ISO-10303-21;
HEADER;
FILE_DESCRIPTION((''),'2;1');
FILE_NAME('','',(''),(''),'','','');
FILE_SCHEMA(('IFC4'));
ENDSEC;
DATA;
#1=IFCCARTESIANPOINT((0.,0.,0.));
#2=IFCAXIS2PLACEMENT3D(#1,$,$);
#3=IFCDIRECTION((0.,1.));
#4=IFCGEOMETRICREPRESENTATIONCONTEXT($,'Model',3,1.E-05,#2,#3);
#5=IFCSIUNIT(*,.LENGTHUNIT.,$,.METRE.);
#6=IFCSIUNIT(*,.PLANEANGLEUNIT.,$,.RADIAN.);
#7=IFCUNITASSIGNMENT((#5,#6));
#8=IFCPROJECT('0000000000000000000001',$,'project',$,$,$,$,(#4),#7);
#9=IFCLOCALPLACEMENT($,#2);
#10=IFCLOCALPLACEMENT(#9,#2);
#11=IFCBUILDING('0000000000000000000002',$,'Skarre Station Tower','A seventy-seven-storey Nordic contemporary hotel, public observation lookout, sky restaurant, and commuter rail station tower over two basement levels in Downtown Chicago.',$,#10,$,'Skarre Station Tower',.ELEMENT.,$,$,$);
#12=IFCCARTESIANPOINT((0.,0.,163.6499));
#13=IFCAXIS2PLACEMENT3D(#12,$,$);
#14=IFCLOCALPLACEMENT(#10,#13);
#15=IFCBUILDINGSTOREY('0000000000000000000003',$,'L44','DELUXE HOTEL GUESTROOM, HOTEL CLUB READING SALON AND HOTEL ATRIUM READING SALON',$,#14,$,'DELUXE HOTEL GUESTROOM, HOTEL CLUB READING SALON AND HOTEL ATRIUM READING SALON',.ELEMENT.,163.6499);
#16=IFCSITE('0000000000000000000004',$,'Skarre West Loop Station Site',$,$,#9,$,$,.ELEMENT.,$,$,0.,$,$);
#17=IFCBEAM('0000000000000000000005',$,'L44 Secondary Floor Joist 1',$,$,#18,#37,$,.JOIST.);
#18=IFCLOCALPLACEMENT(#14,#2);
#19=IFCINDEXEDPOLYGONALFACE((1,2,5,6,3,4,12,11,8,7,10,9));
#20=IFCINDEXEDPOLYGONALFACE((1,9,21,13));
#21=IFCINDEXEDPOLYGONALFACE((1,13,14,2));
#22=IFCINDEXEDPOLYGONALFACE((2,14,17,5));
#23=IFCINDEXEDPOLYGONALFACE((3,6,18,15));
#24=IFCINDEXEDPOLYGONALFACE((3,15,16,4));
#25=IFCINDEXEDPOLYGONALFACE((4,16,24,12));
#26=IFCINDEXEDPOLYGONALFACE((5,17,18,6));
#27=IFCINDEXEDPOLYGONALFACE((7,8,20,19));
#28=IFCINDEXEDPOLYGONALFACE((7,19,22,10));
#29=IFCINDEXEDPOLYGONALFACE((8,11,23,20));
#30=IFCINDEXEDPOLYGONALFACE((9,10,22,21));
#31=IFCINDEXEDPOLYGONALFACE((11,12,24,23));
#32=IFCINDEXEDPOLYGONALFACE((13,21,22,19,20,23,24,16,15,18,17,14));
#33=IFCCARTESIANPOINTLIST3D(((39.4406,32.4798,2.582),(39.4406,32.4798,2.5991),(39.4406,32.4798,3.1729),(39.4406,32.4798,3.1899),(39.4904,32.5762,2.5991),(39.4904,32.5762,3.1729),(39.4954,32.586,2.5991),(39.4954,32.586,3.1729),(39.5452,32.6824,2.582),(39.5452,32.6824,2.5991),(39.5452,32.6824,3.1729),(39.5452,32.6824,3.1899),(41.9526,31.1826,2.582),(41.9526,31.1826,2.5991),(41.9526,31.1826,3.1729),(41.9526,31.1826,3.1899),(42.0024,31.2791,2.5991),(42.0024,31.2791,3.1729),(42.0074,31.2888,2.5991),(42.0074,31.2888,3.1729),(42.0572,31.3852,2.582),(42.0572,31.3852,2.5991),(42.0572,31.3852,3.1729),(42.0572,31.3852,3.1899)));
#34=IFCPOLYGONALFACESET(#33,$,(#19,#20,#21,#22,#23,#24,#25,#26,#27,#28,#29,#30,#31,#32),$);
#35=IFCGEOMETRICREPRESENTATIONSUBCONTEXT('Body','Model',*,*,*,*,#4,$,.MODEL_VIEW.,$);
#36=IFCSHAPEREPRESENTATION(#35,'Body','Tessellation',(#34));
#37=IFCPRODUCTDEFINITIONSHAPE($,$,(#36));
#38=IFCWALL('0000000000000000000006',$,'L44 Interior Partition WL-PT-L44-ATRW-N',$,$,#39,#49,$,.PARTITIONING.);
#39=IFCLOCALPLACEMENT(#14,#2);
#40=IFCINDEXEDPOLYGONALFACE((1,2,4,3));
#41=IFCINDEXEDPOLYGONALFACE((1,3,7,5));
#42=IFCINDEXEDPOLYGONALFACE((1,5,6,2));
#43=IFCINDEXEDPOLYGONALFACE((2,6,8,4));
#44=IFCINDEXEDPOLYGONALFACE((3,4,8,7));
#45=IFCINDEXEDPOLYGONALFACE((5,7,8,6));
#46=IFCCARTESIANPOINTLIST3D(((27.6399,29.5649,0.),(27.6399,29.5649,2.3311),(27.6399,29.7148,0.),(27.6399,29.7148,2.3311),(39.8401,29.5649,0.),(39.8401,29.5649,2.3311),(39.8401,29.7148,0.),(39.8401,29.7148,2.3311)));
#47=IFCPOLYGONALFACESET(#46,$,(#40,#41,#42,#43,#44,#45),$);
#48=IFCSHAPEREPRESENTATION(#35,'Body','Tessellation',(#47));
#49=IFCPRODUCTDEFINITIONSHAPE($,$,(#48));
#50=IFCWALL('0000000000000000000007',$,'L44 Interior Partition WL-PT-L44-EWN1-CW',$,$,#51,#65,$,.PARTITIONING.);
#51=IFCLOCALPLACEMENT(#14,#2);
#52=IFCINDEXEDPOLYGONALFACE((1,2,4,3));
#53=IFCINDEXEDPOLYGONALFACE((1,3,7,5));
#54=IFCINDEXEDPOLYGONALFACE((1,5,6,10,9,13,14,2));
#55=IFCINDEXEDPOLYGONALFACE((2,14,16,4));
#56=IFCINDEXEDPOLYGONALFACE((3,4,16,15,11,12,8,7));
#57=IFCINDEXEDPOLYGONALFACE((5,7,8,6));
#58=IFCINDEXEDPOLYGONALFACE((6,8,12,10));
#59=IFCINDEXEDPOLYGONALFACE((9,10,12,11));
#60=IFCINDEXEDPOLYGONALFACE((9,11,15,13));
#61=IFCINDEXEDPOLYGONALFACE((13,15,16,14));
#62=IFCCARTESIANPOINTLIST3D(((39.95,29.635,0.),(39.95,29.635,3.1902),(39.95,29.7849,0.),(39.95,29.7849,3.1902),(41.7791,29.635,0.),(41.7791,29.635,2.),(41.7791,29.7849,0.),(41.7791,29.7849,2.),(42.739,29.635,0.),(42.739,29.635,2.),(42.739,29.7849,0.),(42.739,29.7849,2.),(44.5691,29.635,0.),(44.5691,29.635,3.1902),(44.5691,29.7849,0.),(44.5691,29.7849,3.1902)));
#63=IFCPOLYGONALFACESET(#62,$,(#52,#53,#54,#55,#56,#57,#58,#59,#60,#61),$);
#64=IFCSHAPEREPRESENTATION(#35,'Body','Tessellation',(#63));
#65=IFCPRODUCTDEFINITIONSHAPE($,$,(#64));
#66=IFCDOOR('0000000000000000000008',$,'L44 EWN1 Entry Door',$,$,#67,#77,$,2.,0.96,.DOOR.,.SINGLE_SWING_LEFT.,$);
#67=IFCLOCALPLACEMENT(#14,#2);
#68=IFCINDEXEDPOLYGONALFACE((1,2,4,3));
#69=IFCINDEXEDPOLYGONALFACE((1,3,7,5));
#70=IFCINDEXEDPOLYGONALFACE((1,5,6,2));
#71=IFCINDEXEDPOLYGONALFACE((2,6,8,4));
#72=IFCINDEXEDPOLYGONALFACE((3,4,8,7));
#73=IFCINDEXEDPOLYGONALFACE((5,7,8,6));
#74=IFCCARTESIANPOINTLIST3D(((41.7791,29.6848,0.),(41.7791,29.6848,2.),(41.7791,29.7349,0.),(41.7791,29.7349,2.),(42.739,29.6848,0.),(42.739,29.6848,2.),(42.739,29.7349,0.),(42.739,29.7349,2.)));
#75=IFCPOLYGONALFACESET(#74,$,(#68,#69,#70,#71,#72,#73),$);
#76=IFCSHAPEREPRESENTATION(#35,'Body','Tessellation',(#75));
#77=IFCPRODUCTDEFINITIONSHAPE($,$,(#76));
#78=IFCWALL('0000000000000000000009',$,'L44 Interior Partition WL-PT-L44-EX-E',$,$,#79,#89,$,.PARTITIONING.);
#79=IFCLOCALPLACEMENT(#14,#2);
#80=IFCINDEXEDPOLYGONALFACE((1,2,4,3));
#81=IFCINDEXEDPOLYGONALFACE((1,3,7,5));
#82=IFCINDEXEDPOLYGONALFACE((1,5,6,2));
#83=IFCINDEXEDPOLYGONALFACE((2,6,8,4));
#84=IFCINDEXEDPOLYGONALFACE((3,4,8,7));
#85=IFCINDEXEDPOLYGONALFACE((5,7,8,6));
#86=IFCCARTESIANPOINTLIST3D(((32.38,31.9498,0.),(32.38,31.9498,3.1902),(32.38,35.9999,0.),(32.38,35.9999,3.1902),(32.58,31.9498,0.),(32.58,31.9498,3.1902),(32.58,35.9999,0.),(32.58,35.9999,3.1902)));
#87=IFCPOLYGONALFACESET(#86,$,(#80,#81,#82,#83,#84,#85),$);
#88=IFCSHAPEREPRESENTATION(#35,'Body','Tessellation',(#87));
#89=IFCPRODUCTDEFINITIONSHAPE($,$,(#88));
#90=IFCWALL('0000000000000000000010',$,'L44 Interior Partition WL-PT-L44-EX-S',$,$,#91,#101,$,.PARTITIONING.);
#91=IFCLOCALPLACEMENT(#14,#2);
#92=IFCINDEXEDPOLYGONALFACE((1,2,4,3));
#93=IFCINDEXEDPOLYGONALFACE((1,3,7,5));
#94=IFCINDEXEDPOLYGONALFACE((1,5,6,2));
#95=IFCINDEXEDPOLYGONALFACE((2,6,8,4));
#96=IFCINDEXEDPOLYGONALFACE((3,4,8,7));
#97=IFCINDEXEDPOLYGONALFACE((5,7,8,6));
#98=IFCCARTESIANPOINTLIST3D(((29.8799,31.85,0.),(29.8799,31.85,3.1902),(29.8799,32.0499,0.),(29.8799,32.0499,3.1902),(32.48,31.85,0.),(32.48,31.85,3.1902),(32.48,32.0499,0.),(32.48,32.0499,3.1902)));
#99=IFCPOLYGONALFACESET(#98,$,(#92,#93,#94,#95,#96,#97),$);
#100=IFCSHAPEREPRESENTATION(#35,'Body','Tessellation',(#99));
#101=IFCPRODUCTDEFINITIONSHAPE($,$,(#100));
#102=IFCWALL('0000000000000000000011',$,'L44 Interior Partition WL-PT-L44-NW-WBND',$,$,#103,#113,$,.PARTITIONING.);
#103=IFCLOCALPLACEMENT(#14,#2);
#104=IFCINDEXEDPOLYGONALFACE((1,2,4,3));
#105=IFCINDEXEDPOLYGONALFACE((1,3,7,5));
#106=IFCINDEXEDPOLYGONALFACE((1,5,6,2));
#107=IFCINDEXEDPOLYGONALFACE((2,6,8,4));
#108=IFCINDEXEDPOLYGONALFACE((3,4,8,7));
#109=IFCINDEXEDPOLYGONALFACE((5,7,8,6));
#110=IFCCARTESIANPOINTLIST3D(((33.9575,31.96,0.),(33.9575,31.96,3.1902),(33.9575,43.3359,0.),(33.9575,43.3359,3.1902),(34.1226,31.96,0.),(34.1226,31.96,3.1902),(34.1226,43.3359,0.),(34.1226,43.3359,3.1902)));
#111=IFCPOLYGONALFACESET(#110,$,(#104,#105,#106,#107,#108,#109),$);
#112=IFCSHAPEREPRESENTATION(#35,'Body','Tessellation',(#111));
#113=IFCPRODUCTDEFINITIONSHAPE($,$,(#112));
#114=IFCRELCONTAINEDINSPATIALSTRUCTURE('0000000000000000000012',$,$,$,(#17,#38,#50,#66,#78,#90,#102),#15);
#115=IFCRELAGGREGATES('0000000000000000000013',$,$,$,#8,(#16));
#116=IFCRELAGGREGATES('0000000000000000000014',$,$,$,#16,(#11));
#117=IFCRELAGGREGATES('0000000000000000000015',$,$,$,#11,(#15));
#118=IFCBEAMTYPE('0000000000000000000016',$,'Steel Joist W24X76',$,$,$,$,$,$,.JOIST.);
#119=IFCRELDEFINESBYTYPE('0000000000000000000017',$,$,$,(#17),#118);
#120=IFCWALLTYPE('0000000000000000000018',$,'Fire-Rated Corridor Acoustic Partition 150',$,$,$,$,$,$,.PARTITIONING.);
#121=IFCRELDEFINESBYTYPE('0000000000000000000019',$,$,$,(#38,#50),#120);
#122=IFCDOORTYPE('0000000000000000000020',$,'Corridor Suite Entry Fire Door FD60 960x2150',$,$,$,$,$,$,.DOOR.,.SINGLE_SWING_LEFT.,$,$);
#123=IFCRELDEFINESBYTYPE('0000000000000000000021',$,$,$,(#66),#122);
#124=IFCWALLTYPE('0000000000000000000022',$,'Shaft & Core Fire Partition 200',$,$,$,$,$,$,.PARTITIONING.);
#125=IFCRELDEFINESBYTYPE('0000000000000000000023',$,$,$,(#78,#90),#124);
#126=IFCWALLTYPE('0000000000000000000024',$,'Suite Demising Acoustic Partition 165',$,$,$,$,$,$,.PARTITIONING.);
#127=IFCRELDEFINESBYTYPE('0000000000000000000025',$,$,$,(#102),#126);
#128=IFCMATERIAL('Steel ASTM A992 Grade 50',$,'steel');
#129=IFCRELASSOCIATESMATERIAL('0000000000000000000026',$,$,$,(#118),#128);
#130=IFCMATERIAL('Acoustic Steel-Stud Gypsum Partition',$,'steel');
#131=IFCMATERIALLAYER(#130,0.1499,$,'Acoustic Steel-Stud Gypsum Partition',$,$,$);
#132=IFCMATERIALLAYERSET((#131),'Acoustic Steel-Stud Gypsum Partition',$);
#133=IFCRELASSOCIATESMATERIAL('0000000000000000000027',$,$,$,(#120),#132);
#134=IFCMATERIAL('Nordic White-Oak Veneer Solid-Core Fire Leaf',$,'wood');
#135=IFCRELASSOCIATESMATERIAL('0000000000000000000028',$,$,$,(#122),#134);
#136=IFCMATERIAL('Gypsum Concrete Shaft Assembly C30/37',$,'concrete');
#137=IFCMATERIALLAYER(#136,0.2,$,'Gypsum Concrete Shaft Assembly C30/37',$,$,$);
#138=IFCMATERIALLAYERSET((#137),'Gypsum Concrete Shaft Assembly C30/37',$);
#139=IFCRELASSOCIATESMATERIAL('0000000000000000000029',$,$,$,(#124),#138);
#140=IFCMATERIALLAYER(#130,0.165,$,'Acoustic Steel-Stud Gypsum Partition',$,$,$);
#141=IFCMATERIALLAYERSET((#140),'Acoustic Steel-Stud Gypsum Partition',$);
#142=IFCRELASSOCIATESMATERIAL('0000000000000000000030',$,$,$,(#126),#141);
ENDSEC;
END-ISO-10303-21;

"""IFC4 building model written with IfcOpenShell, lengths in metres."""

from ifc_helpers import new_model, si_unit, direction, frame, frame_2d, origin, origin_2d, place, context, subcontext, project, spatial, rectangle, i_section, extrude, material, layer, layer_set, material_profile, profile_set, type_object, element, fill, save


model = new_model("IFC4")

# Units and contexts
model_context = context("Model", 3, precision=1e-05, world=origin(), true_north=direction((0.0, 1.0)))
body_context = subcontext(model_context, "Body", "Model", "MODEL_VIEW")
ifc_project = project(units=[si_unit("LENGTHUNIT", "METRE"), si_unit("PLANEANGLEUNIT", "RADIAN")], contexts=[model_context])

# Site, building, storey
site_placement = place(None, origin())
site = spatial("IfcSite", under=ifc_project, at=site_placement, Name="Skarre West Loop Station Site", CompositionType="ELEMENT", RefElevation=0.0)
building_placement = place(site_placement, origin())
building = spatial("IfcBuilding", under=site, at=building_placement, Name="Skarre Station Tower", Description="A seventy-seven-storey Nordic contemporary hotel, public observation lookout, sky restaurant, and commuter rail station tower over two basement levels in Downtown Chicago.", LongName="Skarre Station Tower", CompositionType="ELEMENT")
storey_placement = place(building_placement, frame((0.0, 0.0, 163.6499)))
storey = spatial("IfcBuildingStorey", under=building, at=storey_placement, Name="L44", Description="DELUXE HOTEL GUESTROOM, HOTEL CLUB READING SALON AND HOTEL ATRIUM READING SALON", LongName="DELUXE HOTEL GUESTROOM, HOTEL CLUB READING SALON AND HOTEL ATRIUM READING SALON", CompositionType="ELEMENT", Elevation=163.6499)

# Beam
ifc_material_1 = material(Name="Steel ASTM A992 Grade 50", Category="steel")
ifc_material_profile_1 = material_profile(ifc_material_1, i_section(OverallWidth=0.228, OverallDepth=0.6079, WebThickness=0.011, FlangeThickness=0.0171, at=origin_2d()), Name="Steel ASTM A992 Grade 50")
ifc_profile_set_1 = profile_set([ifc_material_profile_1], Name="Steel ASTM A992 Grade 50")
beam_type_1 = type_object("IfcBeamType", Name="Steel Joist W24X76", PredefinedType="JOIST", material=ifc_profile_set_1)
beam_1_placement = place(storey_placement, frame((42.0049, 31.2839, 2.886), z_axis=(-0.888531, 0.458817, 0.0), x_axis=(-0.458817, -0.888531, 0.0)))
element("IfcBeam", 1, at=beam_1_placement, inside=storey, type_object=beam_type_1, Name="L44 Secondary Floor Joist 1", PredefinedType="JOIST", context=body_context, shape_type="SweptSolid", body=[
    extrude(i_section(OverallWidth=0.228, OverallDepth=0.6079, WebThickness=0.011, FlangeThickness=0.0171, at=origin_2d()), origin(), (0.0, 0.0, 1.0), 2.8271),
])

# Wall
ifc_material_2 = material(Name="Acoustic Steel-Stud Gypsum Partition", Category="steel")
ifc_layer_1 = layer(ifc_material_2, 0.1499, Name="Acoustic Steel-Stud Gypsum Partition")
ifc_layer_set_1 = layer_set([ifc_layer_1], Name="Acoustic Steel-Stud Gypsum Partition")
wall_type_1 = type_object("IfcWallType", Name="Fire-Rated Corridor Acoustic Partition 150", PredefinedType="PARTITIONING", material=ifc_layer_set_1)
wall_1_placement = place(storey_placement, frame((39.8401, 29.6399, 0.0), z_axis=(0.0, 0.0, 1.0), x_axis=(-1.0, 0.0, 0.0)))
element("IfcWall", 2, at=wall_1_placement, inside=storey, type_object=wall_type_1, Name="L44 Interior Partition WL-PT-L44-ATRW-N", PredefinedType="PARTITIONING", context=body_context, shape_type="SweptSolid", body=[
    extrude(rectangle(XDim=12.2002, YDim=0.1499, at=frame_2d((6.1001, 0.0))), origin(), (0.0, 0.0, 1.0), 2.3311),
])

# Wall, opening, door
wall_2_placement = place(storey_placement, frame((39.95, 29.71, 0.0), z_axis=(0.0, 0.0, 1.0), x_axis=(1.0, 0.0, 0.0)))
wall_2 = element("IfcWall", 3, at=wall_2_placement, inside=storey, type_object=wall_type_1, Name="L44 Interior Partition WL-PT-L44-EWN1-CW", PredefinedType="PARTITIONING", context=body_context, shape_type="SweptSolid", body=[
    extrude(rectangle(XDim=4.6191, YDim=0.1499, at=frame_2d((2.3096, 0.0))), origin(), (0.0, 0.0, 1.0), 3.1902),
])
opening_placement = place(wall_2_placement, frame((1.8291, 0.0, 0.0)))
opening = element("IfcOpeningElement", 4, at=opening_placement, cuts=wall_2, PredefinedType="OPENING", context=body_context, shape_type="SweptSolid", body=[
    extrude(rectangle(XDim=0.96, YDim=2.0, at=frame_2d((0.48, 1.0))), frame((0.0, 0.085, 0.0), z_axis=(0.0, -1.0, 0.0), x_axis=(1.0, 0.0, 0.0)), (0.0, 0.0, 1.0), 0.1699),
])
ifc_material_3 = material(Name="Nordic White-Oak Veneer Solid-Core Fire Leaf", Category="wood")
door_type = type_object("IfcDoorType", Name="Corridor Suite Entry Fire Door FD60 960x2150", OperationType="SINGLE_SWING_LEFT", PredefinedType="DOOR", material=ifc_material_3)
door_placement = place(opening_placement, origin())
door = element("IfcDoor", 5, at=door_placement, inside=storey, type_object=door_type, Name="L44 EWN1 Entry Door", OperationType="SINGLE_SWING_LEFT", OverallHeight=2.0, OverallWidth=0.96, PredefinedType="DOOR", context=body_context, shape_type="SweptSolid", body=[
    extrude(rectangle(XDim=0.96, YDim=2.0, at=frame_2d((0.48, 1.0))), frame((0.0, 0.0249, 0.0), z_axis=(0.0, -1.0, 0.0), x_axis=(1.0, 0.0, 0.0)), (0.0, 0.0, 1.0), 0.05),
])
fill(opening, door)

# Walls
ifc_material_4 = material(Name="Gypsum Concrete Shaft Assembly C30/37", Category="concrete")
ifc_layer_2 = layer(ifc_material_4, 0.2, Name="Gypsum Concrete Shaft Assembly C30/37")
ifc_layer_set_2 = layer_set([ifc_layer_2], Name="Gypsum Concrete Shaft Assembly C30/37")
wall_type_2 = type_object("IfcWallType", Name="Shaft & Core Fire Partition 200", PredefinedType="PARTITIONING", material=ifc_layer_set_2)
wall_3_placement = place(storey_placement, frame((32.48, 31.95, 0.0), z_axis=(0.0, 0.0, 1.0), x_axis=(0.0, 1.0, 0.0)))
element("IfcWall", 6, at=wall_3_placement, inside=storey, type_object=wall_type_2, Name="L44 Interior Partition WL-PT-L44-EX-E", PredefinedType="PARTITIONING", context=body_context, shape_type="SweptSolid", body=[
    extrude(rectangle(XDim=4.05, YDim=0.2, at=frame_2d((2.0249, 0.0))), origin(), (0.0, 0.0, 1.0), 3.1902),
])
wall_4_placement = place(storey_placement, frame((32.48, 31.95, 0.0), z_axis=(0.0, 0.0, 1.0), x_axis=(-1.0, 0.0, 0.0)))
element("IfcWall", 7, at=wall_4_placement, inside=storey, type_object=wall_type_2, Name="L44 Interior Partition WL-PT-L44-EX-S", PredefinedType="PARTITIONING", context=body_context, shape_type="SweptSolid", body=[
    extrude(rectangle(XDim=2.6001, YDim=0.2, at=frame_2d((1.3, 0.0))), origin(), (0.0, 0.0, 1.0), 3.1902),
])
ifc_layer_3 = layer(ifc_material_2, 0.165, Name="Acoustic Steel-Stud Gypsum Partition")
ifc_layer_set_3 = layer_set([ifc_layer_3], Name="Acoustic Steel-Stud Gypsum Partition")
wall_type_3 = type_object("IfcWallType", Name="Suite Demising Acoustic Partition 165", PredefinedType="PARTITIONING", material=ifc_layer_set_3)
wall_5_placement = place(storey_placement, frame((34.04, 31.96, 0.0), z_axis=(0.0, 0.0, 1.0), x_axis=(0.0, 1.0, 0.0)))
element("IfcWall", 8, at=wall_5_placement, inside=storey, type_object=wall_type_3, Name="L44 Interior Partition WL-PT-L44-NW-WBND", PredefinedType="PARTITIONING", context=body_context, shape_type="SweptSolid", body=[
    extrude(rectangle(XDim=11.376, YDim=0.165, at=frame_2d((5.688, 0.0))), origin(), (0.0, 0.0, 1.0), 3.1902),
])

save(model, "model.ifc")
